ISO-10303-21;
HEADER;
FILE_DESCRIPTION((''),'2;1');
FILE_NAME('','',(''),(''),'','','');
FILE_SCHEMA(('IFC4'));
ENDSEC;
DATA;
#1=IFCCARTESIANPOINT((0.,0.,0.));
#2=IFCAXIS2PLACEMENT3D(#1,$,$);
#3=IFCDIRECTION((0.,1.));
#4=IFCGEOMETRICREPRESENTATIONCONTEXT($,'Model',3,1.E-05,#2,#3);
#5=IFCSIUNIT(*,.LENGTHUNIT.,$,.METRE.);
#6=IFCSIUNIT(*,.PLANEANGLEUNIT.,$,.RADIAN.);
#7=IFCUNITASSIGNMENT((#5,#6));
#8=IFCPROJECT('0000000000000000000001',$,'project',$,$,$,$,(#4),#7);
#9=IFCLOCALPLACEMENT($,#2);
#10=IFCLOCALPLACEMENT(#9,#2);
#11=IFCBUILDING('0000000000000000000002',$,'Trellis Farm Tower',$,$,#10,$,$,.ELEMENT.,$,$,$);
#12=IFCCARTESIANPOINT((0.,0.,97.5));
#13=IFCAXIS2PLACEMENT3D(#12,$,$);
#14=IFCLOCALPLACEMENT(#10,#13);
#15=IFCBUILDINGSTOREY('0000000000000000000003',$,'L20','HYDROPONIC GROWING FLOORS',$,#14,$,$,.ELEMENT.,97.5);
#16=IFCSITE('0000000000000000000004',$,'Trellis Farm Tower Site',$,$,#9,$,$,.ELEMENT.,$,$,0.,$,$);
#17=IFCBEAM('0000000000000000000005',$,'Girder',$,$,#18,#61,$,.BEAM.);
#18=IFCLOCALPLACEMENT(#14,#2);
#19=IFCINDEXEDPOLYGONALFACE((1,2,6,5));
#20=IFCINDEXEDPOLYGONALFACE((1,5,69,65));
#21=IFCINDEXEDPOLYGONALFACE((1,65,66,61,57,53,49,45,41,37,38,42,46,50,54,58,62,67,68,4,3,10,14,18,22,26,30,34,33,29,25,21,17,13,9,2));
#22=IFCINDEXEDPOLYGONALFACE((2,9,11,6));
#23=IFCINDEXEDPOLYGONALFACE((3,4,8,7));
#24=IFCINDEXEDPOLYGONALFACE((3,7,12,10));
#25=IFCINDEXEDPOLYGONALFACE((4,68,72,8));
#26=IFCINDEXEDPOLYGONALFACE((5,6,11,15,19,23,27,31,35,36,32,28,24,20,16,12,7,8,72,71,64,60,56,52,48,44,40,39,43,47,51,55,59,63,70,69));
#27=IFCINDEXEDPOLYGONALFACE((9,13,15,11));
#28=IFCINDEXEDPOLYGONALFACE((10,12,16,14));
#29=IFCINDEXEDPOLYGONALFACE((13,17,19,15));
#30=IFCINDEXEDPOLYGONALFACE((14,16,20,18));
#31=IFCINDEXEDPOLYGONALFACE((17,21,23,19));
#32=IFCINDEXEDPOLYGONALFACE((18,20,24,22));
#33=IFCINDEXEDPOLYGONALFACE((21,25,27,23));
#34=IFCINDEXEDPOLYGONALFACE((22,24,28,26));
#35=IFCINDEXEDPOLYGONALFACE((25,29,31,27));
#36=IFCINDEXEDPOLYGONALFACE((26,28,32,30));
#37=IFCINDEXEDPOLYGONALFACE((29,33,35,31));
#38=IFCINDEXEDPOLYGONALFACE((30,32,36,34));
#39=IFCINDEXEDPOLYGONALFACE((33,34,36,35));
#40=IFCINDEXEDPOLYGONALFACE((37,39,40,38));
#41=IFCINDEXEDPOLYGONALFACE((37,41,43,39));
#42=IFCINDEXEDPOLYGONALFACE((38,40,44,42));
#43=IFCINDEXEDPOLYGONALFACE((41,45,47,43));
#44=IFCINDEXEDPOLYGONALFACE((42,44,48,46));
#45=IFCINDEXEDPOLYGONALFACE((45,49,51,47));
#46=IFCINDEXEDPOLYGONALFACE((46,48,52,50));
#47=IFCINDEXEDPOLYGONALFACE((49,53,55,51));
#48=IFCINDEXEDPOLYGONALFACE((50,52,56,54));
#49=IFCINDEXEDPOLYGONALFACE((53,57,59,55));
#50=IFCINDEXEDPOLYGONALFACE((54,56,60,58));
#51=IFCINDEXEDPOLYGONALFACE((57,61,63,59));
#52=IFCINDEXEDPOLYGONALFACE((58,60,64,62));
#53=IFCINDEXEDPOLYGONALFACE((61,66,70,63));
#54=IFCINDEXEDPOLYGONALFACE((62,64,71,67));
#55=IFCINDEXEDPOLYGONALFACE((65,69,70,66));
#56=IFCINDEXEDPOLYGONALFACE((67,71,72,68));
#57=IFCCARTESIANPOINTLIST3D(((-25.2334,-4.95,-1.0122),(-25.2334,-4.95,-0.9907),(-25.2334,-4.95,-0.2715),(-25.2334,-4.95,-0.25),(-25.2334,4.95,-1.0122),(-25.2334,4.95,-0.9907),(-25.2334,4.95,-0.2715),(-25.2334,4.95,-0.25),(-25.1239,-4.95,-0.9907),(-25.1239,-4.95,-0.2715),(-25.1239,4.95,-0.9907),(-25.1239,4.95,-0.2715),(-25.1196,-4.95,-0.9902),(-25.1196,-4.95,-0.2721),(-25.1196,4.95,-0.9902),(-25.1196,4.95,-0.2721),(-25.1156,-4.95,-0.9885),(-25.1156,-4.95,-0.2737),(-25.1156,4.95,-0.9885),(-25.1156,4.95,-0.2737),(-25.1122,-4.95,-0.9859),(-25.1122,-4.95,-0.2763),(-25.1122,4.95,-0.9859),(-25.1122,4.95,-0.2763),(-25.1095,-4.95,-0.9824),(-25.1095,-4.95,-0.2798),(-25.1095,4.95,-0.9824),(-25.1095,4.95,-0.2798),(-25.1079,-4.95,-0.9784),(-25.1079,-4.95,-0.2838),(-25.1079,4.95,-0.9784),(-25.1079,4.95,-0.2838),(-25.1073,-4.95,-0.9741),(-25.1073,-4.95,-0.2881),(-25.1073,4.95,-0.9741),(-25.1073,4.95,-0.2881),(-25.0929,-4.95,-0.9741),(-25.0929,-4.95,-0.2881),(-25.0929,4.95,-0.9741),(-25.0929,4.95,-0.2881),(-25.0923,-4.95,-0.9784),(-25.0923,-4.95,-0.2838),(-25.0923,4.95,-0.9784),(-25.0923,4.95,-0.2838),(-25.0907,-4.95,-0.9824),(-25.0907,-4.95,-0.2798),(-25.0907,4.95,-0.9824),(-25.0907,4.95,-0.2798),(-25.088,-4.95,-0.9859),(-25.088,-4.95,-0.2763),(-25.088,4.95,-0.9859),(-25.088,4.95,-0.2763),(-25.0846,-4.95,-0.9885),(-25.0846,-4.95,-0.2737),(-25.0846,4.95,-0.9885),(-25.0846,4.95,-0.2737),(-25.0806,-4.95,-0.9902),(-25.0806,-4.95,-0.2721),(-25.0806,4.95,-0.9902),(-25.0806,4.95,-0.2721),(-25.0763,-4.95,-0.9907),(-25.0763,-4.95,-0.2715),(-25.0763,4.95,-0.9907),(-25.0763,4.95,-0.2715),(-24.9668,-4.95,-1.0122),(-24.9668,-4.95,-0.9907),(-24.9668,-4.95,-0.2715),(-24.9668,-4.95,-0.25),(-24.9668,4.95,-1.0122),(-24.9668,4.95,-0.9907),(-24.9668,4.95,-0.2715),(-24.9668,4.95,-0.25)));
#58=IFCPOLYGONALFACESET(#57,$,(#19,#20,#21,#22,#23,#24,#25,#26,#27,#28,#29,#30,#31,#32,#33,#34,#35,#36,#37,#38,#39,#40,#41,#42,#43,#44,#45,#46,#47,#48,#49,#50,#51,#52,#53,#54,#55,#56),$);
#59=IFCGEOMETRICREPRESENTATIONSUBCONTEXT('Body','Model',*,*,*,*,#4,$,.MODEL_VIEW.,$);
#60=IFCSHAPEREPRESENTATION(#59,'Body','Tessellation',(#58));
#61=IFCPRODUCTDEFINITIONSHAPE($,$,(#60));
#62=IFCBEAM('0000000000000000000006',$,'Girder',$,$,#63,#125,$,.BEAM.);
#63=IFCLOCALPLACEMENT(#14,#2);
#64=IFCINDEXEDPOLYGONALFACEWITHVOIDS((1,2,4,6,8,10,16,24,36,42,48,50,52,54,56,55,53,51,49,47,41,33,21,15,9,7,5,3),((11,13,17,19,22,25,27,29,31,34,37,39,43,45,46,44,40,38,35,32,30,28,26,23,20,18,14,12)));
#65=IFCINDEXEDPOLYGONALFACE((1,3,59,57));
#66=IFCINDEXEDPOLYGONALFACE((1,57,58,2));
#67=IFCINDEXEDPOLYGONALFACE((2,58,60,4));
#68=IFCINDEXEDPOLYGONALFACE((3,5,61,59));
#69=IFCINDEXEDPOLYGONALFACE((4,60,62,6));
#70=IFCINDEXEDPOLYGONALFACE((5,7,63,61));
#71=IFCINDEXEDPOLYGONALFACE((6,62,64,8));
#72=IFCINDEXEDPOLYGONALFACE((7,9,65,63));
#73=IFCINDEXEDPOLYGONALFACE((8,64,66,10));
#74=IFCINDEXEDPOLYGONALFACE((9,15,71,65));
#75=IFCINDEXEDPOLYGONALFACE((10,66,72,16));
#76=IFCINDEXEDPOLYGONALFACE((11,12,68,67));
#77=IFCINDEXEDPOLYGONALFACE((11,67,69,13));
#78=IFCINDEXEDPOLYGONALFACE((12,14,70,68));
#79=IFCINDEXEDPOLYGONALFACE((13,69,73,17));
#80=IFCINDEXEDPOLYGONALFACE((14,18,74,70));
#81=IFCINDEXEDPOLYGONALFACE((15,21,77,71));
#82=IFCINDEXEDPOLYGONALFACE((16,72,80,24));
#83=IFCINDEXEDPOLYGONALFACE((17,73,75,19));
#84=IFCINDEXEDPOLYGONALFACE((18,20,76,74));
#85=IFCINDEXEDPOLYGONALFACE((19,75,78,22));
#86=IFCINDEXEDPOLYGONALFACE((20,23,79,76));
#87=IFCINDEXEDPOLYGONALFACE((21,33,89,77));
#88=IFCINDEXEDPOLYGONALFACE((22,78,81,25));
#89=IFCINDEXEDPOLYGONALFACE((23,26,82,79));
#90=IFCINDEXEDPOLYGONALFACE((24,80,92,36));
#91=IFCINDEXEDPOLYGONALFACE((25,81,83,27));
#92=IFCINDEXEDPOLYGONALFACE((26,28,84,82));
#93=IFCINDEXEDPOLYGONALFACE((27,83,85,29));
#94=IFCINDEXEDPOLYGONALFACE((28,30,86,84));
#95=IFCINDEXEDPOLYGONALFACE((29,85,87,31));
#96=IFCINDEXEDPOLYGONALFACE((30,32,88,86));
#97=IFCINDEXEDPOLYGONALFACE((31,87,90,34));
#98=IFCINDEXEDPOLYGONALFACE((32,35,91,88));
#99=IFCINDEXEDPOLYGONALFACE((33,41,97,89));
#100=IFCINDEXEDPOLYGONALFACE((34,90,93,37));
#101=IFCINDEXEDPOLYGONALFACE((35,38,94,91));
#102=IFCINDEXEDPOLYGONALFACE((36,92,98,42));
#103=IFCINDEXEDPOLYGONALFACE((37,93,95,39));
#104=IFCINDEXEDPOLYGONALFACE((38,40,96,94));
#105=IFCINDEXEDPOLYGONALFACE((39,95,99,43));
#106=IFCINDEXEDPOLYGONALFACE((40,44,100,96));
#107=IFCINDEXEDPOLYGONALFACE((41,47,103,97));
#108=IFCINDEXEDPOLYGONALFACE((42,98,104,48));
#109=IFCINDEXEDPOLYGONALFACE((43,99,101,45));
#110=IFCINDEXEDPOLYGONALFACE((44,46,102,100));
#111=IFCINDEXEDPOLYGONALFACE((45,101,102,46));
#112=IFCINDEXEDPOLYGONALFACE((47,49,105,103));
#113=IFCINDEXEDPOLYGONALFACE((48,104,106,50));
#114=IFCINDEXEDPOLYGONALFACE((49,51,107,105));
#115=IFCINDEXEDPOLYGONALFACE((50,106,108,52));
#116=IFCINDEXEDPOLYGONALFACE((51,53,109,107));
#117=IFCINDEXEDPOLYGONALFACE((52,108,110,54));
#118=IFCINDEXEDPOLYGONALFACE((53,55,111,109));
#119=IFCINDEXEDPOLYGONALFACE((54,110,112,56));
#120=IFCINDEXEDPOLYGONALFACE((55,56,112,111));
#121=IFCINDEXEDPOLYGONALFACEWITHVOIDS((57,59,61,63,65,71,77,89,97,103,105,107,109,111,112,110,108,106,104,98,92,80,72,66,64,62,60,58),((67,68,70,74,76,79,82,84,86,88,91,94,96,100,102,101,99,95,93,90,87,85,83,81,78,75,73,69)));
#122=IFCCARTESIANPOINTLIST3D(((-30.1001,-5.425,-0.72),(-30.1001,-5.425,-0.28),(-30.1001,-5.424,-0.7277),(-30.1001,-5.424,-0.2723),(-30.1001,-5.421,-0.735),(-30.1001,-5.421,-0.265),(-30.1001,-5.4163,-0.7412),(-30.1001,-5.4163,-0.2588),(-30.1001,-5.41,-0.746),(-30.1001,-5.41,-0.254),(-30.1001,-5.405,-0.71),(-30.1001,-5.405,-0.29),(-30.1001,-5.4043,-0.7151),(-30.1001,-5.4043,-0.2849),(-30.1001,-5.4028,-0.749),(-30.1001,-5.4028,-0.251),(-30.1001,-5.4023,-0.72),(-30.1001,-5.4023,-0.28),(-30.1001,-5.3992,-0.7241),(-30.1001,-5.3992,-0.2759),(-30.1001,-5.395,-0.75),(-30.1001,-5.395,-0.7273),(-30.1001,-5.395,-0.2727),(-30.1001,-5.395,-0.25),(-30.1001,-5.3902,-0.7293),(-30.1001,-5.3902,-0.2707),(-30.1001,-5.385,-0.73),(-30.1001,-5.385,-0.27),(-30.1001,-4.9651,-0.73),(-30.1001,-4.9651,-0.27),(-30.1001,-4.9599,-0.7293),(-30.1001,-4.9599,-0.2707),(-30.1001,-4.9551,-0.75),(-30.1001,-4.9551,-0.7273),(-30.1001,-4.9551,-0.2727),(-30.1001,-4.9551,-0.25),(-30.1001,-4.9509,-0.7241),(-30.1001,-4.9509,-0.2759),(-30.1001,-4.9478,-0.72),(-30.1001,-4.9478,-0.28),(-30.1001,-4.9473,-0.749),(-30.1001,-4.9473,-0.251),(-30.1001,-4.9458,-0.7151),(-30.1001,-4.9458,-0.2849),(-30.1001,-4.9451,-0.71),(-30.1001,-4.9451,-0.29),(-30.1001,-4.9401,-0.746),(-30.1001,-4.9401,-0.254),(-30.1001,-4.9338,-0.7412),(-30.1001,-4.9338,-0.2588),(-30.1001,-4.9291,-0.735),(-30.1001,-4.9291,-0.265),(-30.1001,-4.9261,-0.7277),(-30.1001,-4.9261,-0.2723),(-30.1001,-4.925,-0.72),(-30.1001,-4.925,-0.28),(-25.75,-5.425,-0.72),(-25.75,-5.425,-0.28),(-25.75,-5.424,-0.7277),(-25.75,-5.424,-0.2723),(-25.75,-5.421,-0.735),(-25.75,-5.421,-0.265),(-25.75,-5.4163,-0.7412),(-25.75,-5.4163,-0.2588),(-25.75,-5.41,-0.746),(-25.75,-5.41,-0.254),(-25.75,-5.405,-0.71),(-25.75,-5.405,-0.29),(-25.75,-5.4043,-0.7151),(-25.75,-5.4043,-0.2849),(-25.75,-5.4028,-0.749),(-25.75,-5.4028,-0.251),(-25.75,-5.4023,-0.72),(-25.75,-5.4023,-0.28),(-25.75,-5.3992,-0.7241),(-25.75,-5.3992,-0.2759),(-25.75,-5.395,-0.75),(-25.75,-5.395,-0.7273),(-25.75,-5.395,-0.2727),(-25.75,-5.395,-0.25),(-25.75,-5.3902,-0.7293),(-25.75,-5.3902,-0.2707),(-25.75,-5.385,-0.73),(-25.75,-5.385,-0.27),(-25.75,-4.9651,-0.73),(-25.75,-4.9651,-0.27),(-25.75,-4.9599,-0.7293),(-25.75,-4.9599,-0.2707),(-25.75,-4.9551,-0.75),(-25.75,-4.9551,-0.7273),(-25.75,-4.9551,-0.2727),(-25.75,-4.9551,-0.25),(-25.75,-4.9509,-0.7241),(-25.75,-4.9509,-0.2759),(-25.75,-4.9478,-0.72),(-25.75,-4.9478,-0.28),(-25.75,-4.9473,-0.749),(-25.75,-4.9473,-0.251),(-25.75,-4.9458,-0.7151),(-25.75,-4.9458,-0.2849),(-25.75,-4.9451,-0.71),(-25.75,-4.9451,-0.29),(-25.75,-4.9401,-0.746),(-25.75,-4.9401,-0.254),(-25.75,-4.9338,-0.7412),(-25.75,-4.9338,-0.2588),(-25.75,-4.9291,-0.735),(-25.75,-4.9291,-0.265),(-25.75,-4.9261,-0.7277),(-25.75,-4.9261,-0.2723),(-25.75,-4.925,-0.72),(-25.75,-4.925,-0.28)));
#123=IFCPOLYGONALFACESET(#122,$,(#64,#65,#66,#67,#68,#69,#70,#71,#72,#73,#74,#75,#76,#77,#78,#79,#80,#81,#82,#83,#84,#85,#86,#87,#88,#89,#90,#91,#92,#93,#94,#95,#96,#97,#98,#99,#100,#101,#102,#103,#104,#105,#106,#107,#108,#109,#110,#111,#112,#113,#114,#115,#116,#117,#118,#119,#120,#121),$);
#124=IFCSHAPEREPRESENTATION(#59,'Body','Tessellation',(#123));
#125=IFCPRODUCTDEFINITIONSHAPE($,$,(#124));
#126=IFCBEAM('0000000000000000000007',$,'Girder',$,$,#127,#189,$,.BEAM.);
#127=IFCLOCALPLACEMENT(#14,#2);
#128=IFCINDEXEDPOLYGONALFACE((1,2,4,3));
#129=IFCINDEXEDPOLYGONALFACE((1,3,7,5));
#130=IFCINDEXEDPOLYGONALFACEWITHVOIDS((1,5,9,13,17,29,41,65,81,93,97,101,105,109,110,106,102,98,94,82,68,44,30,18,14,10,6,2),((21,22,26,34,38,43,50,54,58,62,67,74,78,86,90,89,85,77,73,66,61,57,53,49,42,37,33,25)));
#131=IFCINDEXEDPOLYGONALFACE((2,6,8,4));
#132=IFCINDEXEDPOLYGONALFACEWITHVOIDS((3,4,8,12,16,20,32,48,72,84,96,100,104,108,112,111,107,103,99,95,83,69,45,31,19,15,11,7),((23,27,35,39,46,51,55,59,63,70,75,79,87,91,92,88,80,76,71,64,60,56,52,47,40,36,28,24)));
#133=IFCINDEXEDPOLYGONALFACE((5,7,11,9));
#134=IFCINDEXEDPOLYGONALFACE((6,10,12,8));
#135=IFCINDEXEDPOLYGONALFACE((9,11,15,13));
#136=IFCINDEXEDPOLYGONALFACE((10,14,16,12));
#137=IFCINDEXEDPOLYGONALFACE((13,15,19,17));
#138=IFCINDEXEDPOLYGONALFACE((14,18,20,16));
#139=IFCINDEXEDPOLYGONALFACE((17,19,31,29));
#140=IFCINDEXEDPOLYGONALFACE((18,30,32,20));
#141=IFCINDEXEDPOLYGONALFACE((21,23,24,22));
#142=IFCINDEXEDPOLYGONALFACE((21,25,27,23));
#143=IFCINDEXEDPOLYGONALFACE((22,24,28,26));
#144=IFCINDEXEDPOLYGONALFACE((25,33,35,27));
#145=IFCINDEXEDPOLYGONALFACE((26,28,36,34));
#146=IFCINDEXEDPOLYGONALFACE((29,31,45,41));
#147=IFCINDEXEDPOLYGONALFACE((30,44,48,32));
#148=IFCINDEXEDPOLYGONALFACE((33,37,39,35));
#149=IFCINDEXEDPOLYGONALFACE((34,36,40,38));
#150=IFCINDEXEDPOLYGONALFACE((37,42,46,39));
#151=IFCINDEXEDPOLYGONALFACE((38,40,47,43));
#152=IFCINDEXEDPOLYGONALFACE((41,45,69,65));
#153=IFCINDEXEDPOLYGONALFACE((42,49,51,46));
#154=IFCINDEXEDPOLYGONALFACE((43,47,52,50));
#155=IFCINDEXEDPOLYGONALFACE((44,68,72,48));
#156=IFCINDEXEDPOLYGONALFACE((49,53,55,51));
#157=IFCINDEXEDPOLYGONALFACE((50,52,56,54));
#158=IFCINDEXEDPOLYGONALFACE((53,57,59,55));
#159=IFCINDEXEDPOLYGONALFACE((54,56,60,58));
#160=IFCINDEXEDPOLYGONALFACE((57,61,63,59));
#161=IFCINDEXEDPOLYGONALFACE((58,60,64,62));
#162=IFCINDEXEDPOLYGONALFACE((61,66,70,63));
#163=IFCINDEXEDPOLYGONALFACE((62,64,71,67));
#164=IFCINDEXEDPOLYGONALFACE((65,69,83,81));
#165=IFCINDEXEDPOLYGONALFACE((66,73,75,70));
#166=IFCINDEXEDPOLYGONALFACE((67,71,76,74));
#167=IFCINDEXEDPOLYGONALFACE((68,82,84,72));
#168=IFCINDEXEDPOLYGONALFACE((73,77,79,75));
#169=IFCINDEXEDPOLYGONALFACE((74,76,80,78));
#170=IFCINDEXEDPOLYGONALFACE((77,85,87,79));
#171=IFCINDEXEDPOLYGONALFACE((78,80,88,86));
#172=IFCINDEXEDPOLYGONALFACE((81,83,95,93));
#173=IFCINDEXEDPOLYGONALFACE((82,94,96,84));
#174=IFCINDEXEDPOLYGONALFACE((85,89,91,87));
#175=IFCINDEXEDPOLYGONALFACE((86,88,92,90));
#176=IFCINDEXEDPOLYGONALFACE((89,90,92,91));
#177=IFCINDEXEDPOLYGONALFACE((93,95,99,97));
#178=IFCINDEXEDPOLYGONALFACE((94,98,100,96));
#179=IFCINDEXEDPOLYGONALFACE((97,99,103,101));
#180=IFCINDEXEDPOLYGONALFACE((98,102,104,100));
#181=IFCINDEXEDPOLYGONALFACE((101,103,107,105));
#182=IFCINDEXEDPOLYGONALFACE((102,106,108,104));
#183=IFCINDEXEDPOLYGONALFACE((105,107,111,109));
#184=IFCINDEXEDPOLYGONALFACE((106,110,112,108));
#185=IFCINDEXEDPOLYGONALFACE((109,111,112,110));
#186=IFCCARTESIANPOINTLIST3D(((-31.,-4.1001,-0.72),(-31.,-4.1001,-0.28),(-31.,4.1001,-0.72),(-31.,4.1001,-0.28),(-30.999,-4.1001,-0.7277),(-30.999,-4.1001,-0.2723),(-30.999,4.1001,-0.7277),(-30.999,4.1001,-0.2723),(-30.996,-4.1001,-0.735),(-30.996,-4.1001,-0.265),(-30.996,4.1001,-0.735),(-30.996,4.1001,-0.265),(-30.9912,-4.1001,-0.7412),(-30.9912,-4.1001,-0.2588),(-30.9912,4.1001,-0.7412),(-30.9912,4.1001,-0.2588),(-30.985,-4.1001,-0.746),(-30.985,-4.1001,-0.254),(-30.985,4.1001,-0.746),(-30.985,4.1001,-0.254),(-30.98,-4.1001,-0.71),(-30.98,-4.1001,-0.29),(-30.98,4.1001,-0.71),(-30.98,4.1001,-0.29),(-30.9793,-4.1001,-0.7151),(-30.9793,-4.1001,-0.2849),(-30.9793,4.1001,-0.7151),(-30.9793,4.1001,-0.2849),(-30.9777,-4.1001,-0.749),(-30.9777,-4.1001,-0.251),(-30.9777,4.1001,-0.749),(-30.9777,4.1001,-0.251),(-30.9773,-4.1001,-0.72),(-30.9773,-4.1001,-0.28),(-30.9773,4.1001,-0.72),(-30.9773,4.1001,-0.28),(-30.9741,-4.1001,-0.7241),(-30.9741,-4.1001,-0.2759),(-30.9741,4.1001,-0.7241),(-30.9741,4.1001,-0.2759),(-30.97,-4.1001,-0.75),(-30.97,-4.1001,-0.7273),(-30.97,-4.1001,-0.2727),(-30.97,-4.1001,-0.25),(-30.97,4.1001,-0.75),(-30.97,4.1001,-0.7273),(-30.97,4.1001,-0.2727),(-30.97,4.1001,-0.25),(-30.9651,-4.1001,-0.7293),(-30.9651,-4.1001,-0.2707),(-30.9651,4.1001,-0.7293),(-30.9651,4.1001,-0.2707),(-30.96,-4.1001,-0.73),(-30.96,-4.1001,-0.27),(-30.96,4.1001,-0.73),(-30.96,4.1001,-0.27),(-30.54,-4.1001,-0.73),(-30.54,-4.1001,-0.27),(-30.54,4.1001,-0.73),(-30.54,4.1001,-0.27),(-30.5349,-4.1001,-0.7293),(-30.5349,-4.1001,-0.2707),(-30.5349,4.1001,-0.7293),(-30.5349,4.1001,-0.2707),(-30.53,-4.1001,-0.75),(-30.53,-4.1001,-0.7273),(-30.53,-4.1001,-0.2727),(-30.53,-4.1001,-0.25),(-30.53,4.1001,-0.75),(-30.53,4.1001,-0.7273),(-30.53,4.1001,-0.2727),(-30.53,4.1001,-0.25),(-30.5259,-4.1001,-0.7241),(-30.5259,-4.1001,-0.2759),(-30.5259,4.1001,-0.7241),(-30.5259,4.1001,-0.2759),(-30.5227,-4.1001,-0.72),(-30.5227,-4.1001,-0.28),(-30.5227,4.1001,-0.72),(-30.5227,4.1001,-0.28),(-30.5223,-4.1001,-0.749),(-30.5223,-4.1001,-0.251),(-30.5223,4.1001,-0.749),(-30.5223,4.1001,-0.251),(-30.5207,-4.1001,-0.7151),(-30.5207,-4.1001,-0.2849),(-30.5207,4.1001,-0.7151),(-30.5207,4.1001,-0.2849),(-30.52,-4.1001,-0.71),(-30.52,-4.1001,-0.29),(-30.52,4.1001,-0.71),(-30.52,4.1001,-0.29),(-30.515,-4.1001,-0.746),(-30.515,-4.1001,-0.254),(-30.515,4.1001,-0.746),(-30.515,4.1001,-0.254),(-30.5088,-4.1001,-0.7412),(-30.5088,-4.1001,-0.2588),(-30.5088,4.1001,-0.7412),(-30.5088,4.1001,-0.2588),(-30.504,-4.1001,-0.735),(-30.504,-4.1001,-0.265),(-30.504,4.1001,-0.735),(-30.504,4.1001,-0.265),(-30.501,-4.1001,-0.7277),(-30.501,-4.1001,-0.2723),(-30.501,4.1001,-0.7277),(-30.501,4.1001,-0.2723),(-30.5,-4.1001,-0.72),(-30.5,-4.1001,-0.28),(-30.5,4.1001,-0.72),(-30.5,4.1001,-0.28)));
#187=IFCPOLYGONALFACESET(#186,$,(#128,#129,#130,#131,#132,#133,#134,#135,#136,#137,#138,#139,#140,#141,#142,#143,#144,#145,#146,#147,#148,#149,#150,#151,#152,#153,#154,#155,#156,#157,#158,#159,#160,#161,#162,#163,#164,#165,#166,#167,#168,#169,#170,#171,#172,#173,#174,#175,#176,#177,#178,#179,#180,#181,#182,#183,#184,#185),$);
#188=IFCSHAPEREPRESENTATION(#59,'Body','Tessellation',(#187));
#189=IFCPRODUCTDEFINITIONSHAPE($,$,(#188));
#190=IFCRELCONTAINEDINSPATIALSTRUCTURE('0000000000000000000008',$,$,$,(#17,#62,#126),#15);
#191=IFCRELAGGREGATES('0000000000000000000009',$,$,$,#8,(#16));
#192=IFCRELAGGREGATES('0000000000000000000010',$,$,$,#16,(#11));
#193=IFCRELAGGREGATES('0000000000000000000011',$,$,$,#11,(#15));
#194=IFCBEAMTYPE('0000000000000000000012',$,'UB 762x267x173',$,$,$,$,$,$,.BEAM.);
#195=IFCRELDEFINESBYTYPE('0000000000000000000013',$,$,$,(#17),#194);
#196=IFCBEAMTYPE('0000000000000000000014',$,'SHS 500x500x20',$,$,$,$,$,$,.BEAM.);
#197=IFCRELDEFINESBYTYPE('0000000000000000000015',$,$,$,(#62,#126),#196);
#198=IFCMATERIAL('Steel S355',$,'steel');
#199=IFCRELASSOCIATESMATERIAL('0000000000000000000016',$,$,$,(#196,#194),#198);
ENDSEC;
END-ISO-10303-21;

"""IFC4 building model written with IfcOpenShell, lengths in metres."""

from ifc_helpers import new_model, si_unit, direction, frame, origin, origin_2d, place, context, subcontext, project, spatial, hollow_rectangle, i_section, extrude, source, transform, mapped, material, material_profile, profile_set, type_object, element, save


model = new_model("IFC4")

# Units and contexts
model_context = context("Model", 3, precision=1e-05, world=origin(), true_north=direction((0.0, 1.0)))
body_context = subcontext(model_context, "Body", "Model", "MODEL_VIEW")
ifc_project = project(units=[si_unit("LENGTHUNIT", "METRE"), si_unit("PLANEANGLEUNIT", "RADIAN")], contexts=[model_context])

# Site, building, storey
site_placement = place(None, origin())
site = spatial("IfcSite", under=ifc_project, at=site_placement, Name="Trellis Farm Tower Site", CompositionType="ELEMENT", RefElevation=0.0)
building_placement = place(site_placement, origin())
building = spatial("IfcBuilding", under=site, at=building_placement, Name="Trellis Farm Tower", CompositionType="ELEMENT")
storey_placement = place(building_placement, frame((0.0, 0.0, 97.5)))
storey = spatial("IfcBuildingStorey", under=building, at=storey_placement, Name="L20", Description="HYDROPONIC GROWING FLOORS", CompositionType="ELEMENT", Elevation=97.5)

# Beams
ifc_material_1 = material(Name="Steel S355", Category="steel")
ifc_material_profile_1 = material_profile(ifc_material_1, hollow_rectangle(XDim=0.5, YDim=0.5, WallThickness=0.02, InnerFilletRadius=0.02, OuterFilletRadius=0.03, at=origin_2d()), Name="SHS 500x500x20")
ifc_profile_set_1 = profile_set([ifc_material_profile_1], Name="Steel S355")
beam_type_1 = type_object("IfcBeamType", Name="SHS 500x500x20", PredefinedType="BEAM", material=ifc_profile_set_1)
ifc_material_profile_2 = material_profile(ifc_material_1, i_section(OverallWidth=0.2666, OverallDepth=0.7622, WebThickness=0.0144, FlangeThickness=0.0215, FilletRadius=0.0166, at=origin_2d()), Name="UB 762x267x173")
ifc_profile_set_2 = profile_set([ifc_material_profile_2], Name="Steel S355")
beam_type_2 = type_object("IfcBeamType", Name="UB 762x267x173", PredefinedType="BEAM", material=ifc_profile_set_2)
shared_shape_1 = source(origin(), body_context, "Body", "SweptSolid", [
    extrude(i_section(OverallWidth=0.2666, OverallDepth=0.7622, WebThickness=0.0144, FlangeThickness=0.0215, FilletRadius=0.0166, at=origin_2d()), origin(), (0.0, 0.0, 1.0), 9.8999),
])
beam_1_placement = place(storey_placement, frame((-25.1001, -4.95, -0.6311), z_axis=(0.0, 1.0, 0.0), x_axis=(-1.0, 0.0, 0.0)))
element("IfcBeam", 1, at=beam_1_placement, inside=storey, type_object=beam_type_2, Name="Girder", PredefinedType="BEAM", context=body_context, shape_type="MappedRepresentation", body=[
    mapped(shared_shape_1, transform((0.0, 0.0, 0.0))),
])
shared_shape_2 = source(origin(), body_context, "Body", "SweptSolid", [
    extrude(hollow_rectangle(XDim=0.5, YDim=0.5, WallThickness=0.02, InnerFilletRadius=0.02, OuterFilletRadius=0.03, at=origin_2d()), origin(), (0.0, 0.0, 1.0), 4.3501),
])
beam_2_placement = place(storey_placement, frame((-30.1001, -5.175, -0.5), z_axis=(1.0, 0.0, 0.0), x_axis=(0.0, 1.0, 0.0)))
element("IfcBeam", 2, at=beam_2_placement, inside=storey, type_object=beam_type_1, Name="Girder", PredefinedType="BEAM", context=body_context, shape_type="MappedRepresentation", body=[
    mapped(shared_shape_2, transform((0.0, 0.0, 0.0))),
])
shared_shape_3 = source(origin(), body_context, "Body", "SweptSolid", [
    extrude(hollow_rectangle(XDim=0.5, YDim=0.5, WallThickness=0.02, InnerFilletRadius=0.02, OuterFilletRadius=0.03, at=origin_2d()), origin(), (0.0, 0.0, 1.0), 8.2002),
])
beam_3_placement = place(storey_placement, frame((-30.75, -4.1001, -0.5), z_axis=(0.0, 1.0, 0.0), x_axis=(-1.0, 0.0, 0.0)))
element("IfcBeam", 3, at=beam_3_placement, inside=storey, type_object=beam_type_1, Name="Girder", PredefinedType="BEAM", context=body_context, shape_type="MappedRepresentation", body=[
    mapped(shared_shape_3, transform((0.0, 0.0, 0.0))),
])

save(model, "model.ifc")
